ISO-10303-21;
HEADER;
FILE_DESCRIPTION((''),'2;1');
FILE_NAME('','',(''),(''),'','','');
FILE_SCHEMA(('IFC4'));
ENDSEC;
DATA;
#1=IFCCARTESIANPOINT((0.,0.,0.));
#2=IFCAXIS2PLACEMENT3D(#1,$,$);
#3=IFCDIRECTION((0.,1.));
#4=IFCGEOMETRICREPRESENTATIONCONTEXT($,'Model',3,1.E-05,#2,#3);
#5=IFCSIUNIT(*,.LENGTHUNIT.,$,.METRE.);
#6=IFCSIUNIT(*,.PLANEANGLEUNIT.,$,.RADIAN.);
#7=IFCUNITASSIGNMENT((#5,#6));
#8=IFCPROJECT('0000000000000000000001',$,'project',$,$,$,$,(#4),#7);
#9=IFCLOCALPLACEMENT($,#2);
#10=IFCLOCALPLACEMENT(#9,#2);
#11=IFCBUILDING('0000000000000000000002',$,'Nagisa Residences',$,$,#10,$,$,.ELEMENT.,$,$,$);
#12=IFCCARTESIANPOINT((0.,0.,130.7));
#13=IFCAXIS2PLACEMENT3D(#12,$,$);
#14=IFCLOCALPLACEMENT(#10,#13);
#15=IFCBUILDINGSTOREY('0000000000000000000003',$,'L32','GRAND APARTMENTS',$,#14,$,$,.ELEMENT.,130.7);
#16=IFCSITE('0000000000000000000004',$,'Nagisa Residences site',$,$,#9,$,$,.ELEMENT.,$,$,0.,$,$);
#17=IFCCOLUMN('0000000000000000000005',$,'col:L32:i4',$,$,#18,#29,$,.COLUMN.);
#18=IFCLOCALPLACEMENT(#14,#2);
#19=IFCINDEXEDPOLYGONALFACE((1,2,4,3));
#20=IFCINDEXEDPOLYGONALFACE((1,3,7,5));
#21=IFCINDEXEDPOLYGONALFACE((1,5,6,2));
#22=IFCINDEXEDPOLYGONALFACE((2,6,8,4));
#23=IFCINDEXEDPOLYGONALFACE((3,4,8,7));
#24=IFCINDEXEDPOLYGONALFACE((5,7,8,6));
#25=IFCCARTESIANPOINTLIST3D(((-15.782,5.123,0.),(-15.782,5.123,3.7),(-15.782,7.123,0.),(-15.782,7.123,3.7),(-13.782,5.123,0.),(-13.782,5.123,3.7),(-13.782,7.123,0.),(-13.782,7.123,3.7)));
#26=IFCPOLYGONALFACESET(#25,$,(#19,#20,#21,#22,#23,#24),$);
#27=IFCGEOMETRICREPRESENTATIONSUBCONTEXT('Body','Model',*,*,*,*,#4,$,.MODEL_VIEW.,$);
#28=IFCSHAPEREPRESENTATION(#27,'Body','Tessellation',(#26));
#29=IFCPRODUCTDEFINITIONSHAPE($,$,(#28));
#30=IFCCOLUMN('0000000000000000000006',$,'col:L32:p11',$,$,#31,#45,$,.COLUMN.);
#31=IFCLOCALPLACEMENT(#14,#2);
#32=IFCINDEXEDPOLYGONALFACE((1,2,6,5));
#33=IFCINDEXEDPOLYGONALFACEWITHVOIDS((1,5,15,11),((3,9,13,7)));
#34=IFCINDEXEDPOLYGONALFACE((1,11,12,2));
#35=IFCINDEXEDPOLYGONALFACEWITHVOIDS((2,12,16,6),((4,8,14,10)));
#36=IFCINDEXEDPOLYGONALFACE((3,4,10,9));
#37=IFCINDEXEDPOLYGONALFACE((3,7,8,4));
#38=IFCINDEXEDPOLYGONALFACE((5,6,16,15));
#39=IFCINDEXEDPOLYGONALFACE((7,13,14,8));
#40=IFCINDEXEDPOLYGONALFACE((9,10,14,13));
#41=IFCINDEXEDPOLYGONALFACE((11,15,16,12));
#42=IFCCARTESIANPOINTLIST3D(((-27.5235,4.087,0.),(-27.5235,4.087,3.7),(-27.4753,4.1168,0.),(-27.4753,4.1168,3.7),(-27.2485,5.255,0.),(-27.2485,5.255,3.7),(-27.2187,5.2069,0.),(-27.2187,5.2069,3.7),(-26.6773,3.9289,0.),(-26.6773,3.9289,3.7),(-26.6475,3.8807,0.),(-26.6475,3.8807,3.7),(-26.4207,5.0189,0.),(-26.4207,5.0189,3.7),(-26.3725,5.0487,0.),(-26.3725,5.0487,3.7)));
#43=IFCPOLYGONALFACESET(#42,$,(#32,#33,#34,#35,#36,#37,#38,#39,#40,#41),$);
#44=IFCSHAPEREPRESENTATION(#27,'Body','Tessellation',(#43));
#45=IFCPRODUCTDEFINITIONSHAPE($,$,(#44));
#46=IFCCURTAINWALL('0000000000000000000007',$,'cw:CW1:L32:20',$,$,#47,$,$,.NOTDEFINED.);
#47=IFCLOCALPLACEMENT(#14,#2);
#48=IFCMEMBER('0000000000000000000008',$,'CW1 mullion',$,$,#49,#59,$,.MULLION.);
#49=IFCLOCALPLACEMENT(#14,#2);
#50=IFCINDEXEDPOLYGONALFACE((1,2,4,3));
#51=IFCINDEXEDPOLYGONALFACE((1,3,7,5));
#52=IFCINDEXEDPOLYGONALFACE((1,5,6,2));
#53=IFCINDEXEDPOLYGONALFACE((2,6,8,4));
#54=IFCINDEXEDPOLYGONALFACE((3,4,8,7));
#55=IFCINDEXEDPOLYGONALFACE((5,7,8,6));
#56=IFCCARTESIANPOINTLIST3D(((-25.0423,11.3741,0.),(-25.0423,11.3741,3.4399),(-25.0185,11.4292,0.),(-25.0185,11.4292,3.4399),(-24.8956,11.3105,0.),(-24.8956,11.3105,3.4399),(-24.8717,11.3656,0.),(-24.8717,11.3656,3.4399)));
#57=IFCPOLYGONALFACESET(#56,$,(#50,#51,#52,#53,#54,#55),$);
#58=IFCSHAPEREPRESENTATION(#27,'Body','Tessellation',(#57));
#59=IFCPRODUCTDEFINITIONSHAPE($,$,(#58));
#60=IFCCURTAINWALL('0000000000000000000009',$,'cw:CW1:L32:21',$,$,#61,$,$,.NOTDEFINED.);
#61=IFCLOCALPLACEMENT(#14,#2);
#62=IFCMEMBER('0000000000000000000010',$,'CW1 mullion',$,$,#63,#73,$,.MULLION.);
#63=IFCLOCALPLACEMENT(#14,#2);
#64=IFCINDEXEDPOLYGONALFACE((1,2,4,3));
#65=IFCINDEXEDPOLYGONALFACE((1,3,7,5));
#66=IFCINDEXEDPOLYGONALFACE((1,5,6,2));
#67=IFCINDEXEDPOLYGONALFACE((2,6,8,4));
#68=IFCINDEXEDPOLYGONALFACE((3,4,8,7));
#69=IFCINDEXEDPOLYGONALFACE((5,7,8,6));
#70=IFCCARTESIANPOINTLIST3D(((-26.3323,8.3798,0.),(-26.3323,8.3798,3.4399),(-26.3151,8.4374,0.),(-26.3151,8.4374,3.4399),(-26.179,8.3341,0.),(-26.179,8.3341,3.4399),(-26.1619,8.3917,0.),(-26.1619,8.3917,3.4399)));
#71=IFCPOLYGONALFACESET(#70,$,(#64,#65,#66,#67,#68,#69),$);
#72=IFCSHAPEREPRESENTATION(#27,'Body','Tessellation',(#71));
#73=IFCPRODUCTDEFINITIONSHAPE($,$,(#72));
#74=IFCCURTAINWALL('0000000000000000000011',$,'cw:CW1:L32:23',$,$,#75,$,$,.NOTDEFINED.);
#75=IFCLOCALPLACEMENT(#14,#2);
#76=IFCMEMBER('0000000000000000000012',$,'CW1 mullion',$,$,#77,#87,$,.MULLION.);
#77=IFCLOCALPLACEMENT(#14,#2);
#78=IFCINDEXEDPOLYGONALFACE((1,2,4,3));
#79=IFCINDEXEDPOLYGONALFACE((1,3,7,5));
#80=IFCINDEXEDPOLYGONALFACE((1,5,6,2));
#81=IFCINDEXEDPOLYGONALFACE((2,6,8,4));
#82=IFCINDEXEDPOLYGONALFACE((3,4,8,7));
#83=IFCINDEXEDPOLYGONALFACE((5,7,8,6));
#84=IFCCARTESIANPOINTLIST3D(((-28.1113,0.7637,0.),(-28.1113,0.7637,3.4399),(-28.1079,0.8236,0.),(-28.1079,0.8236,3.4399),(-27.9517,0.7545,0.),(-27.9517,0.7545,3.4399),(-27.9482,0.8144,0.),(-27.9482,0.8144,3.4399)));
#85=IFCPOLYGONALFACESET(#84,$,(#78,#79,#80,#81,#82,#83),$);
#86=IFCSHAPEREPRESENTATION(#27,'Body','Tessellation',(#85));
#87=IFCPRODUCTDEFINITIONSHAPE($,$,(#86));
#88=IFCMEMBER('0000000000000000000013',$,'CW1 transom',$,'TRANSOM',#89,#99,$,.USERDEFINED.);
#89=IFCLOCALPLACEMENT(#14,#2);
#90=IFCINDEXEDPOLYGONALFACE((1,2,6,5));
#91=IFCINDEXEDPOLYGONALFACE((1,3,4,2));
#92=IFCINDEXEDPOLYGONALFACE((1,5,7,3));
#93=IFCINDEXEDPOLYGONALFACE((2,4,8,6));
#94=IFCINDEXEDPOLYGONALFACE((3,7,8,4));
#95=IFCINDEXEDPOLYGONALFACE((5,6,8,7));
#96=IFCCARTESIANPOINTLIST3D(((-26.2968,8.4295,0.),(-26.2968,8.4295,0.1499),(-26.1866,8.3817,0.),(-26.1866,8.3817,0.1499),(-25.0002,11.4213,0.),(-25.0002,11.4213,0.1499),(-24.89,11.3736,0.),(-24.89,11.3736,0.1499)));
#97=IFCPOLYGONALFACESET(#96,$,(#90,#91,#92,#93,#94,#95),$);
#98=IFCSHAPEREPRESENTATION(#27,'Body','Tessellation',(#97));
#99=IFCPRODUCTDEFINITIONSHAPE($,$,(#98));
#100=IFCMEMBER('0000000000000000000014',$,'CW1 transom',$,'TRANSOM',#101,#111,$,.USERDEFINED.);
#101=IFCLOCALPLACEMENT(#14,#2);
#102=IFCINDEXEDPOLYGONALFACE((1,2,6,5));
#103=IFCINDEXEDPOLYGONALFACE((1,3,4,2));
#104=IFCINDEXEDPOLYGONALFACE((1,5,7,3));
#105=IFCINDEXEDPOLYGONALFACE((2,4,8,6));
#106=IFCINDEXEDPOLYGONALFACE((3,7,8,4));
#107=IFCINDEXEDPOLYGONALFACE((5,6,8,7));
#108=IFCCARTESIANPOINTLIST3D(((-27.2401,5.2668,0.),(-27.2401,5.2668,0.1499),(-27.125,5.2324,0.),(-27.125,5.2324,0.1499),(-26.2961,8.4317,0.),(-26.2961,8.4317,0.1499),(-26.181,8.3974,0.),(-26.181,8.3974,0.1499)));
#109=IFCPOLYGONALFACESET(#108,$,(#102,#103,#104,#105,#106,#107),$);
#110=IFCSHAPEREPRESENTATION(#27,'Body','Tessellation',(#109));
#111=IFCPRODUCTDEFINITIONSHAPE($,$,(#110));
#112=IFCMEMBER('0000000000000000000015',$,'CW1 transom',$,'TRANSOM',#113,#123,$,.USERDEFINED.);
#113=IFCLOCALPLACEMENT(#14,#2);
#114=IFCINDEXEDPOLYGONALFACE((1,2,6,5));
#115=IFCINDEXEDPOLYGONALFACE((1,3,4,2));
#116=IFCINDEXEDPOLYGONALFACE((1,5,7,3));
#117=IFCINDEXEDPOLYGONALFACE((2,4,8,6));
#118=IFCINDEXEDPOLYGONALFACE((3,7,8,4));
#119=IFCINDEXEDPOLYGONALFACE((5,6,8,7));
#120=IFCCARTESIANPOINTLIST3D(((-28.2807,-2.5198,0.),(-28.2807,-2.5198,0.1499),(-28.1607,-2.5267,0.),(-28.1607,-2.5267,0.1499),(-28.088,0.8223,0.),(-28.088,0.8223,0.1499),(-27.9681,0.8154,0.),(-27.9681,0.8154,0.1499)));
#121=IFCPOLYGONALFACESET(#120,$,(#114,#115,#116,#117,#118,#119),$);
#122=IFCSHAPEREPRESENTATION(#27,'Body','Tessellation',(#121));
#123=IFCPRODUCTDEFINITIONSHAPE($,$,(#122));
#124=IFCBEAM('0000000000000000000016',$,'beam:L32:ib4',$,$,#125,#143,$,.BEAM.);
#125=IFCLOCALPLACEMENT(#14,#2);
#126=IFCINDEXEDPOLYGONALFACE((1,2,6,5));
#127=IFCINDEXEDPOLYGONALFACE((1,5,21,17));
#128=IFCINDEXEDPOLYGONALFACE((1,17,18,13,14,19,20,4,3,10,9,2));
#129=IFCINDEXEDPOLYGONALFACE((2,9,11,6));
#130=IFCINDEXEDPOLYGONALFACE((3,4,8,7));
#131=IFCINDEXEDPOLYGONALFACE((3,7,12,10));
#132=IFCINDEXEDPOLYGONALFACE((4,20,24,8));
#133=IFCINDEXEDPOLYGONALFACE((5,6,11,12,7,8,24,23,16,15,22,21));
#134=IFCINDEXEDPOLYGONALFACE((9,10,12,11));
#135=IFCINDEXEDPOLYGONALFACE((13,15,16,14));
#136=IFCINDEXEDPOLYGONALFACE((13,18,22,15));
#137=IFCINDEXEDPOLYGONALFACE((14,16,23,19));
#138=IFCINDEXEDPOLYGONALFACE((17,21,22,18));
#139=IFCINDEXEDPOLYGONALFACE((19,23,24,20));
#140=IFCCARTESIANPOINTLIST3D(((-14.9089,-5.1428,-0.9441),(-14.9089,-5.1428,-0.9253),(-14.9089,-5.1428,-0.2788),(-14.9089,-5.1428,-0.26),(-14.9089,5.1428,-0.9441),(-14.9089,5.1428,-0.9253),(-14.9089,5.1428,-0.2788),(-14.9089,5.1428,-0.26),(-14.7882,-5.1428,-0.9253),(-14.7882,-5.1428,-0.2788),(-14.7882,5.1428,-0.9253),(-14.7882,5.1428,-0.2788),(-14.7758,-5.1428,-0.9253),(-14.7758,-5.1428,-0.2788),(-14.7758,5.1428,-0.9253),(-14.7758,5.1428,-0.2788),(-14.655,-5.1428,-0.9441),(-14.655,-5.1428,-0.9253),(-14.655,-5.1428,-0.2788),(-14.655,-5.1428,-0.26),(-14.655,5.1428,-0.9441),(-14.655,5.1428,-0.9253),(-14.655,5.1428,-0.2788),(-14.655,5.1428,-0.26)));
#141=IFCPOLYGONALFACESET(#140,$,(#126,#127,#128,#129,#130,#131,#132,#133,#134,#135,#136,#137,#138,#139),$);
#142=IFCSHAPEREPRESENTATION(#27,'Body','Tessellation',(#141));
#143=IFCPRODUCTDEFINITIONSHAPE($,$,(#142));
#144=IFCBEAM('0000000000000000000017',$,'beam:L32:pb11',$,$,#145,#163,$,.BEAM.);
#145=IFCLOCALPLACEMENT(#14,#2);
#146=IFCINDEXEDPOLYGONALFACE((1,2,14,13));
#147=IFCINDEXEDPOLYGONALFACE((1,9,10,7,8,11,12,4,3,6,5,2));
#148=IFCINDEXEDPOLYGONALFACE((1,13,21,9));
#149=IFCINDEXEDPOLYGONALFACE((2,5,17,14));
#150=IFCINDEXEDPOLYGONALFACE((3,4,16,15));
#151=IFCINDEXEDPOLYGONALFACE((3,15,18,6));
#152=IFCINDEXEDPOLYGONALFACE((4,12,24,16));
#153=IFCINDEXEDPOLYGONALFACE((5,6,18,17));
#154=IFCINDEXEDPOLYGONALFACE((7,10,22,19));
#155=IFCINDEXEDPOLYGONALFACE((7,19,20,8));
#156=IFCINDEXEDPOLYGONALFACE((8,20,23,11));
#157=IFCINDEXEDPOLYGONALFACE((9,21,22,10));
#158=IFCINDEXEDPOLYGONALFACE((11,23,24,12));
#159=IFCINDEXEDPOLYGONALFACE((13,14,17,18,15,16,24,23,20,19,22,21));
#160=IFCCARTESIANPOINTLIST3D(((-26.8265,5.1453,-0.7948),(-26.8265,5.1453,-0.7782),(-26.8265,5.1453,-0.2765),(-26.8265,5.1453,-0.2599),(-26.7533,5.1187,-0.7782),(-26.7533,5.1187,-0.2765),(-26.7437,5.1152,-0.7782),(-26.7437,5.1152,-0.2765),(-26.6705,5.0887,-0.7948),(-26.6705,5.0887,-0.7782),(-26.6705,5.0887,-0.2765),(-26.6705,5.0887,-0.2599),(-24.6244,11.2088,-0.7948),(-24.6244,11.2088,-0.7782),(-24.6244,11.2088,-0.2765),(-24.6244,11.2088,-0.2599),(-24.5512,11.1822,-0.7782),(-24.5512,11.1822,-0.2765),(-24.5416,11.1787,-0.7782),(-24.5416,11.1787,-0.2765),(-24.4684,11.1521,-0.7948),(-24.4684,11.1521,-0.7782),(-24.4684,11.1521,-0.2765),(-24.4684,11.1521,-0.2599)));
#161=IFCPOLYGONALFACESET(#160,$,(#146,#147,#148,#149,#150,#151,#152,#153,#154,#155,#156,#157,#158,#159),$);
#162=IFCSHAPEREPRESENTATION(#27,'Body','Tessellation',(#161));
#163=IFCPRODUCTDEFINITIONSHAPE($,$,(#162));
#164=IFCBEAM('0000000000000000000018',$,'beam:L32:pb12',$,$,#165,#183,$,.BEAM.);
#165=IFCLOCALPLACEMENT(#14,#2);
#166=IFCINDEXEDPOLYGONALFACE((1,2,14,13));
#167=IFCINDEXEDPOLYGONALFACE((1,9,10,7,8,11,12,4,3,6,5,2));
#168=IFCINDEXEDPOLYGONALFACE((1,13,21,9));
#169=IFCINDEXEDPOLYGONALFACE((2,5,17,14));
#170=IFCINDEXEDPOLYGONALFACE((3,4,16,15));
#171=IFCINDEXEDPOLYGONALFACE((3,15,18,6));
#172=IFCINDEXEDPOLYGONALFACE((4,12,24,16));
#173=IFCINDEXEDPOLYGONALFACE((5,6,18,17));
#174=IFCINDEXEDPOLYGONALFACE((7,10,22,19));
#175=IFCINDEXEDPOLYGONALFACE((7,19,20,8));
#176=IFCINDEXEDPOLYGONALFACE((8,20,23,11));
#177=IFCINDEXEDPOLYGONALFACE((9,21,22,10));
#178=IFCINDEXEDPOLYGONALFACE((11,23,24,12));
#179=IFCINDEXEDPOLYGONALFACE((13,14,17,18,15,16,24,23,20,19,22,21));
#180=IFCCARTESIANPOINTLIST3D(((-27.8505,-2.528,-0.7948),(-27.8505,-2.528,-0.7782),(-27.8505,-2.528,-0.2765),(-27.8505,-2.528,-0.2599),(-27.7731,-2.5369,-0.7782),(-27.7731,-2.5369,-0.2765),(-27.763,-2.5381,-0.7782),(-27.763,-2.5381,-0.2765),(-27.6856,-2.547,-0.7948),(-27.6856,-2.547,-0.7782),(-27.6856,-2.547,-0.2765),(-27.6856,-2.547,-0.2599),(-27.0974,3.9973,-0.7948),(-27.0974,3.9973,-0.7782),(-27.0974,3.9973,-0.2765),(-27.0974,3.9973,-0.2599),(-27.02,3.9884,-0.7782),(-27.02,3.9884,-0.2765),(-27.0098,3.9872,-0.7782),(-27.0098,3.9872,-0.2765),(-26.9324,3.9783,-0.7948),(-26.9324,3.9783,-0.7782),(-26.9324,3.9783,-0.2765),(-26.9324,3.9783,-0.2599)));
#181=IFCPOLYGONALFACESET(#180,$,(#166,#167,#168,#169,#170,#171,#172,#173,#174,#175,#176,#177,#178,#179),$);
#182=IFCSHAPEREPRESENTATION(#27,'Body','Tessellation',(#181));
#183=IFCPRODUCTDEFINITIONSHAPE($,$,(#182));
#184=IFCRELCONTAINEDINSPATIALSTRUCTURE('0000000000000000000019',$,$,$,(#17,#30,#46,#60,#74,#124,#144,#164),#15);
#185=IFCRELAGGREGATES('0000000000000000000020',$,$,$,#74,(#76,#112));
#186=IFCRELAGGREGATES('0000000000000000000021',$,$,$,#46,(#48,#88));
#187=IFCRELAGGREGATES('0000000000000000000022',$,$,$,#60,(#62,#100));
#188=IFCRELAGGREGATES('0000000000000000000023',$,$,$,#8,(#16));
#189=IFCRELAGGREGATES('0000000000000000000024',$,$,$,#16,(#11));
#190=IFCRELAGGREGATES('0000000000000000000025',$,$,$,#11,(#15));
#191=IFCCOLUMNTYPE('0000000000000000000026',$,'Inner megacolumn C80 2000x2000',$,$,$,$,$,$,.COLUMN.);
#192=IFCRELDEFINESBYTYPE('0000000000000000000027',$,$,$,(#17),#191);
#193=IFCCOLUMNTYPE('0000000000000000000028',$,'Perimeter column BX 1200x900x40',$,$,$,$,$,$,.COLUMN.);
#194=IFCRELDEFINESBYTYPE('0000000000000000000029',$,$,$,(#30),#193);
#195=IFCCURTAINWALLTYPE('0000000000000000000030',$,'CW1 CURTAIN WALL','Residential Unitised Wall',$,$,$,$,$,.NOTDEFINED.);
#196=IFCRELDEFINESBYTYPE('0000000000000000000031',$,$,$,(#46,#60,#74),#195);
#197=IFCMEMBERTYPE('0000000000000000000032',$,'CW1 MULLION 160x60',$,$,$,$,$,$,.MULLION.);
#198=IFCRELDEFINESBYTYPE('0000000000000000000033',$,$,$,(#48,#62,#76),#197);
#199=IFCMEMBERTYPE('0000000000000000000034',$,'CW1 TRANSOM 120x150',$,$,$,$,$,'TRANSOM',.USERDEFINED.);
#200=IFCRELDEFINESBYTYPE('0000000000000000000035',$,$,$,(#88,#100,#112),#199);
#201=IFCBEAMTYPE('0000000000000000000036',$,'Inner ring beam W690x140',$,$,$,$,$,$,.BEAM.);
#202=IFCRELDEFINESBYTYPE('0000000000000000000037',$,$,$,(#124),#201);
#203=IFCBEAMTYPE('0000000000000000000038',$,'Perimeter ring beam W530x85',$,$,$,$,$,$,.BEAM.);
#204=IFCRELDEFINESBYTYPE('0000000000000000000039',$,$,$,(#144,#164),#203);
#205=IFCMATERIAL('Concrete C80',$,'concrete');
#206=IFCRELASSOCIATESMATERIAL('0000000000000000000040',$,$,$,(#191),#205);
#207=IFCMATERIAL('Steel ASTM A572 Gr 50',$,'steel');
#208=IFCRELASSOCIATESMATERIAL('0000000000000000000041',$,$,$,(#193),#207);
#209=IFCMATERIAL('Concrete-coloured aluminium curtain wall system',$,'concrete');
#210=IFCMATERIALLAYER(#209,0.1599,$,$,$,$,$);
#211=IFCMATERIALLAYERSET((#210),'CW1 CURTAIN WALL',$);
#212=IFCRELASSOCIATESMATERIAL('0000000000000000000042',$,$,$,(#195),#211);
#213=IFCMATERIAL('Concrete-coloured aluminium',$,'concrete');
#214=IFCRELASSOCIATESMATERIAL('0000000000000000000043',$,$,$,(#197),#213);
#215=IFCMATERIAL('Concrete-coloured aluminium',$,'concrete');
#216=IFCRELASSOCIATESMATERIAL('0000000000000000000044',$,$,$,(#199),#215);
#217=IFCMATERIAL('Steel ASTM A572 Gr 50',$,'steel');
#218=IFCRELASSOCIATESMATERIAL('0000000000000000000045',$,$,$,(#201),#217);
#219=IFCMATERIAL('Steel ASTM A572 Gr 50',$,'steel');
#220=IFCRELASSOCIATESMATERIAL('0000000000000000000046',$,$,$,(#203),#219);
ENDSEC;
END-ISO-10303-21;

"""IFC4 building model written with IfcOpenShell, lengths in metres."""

from ifc_helpers import new_model, si_unit, direction, frame, origin, origin_2d, place, context, subcontext, project, spatial, rectangle, hollow_rectangle, i_section, extrude, material, layer, layer_set, material_profile, profile_set, type_object, element, aggregate, save


model = new_model("IFC4")

# Units and contexts
model_context = context("Model", 3, precision=1e-05, world=origin(), true_north=direction((0.0, 1.0)))
body_context = subcontext(model_context, "Body", "Model", "MODEL_VIEW")
ifc_project = project(units=[si_unit("LENGTHUNIT", "METRE"), si_unit("PLANEANGLEUNIT", "RADIAN")], contexts=[model_context])

# Site, building, storey
site_placement = place(None, origin())
site = spatial("IfcSite", under=ifc_project, at=site_placement, Name="Nagisa Residences site", CompositionType="ELEMENT", RefElevation=0.0)
building_placement = place(site_placement, origin())
building = spatial("IfcBuilding", under=site, at=building_placement, Name="Nagisa Residences", CompositionType="ELEMENT")
storey_placement = place(building_placement, frame((0.0, 0.0, 130.7)))
storey = spatial("IfcBuildingStorey", under=building, at=storey_placement, Name="L32", Description="GRAND APARTMENTS", CompositionType="ELEMENT", Elevation=130.7)

# Columns
ifc_material_1 = material(Name="Concrete C80", Category="concrete")
ifc_material_profile_1 = material_profile(ifc_material_1, rectangle(XDim=2.0, YDim=2.0, at=origin_2d()), Name="C80 2000x2000")
ifc_profile_set_1 = profile_set([ifc_material_profile_1], Name="Concrete C80")
column_type_1 = type_object("IfcColumnType", Name="Inner megacolumn C80 2000x2000", PredefinedType="COLUMN", material=ifc_profile_set_1)
column_1_placement = place(storey_placement, frame((-14.782, 6.123, 0.0), z_axis=(0.0, 0.0, 1.0), x_axis=(1.0, 0.0, 0.0)))
element("IfcColumn", 1, at=column_1_placement, inside=storey, type_object=column_type_1, Name="col:L32:i4", PredefinedType="COLUMN", context=body_context, shape_type="SweptSolid", body=[
    extrude(rectangle(XDim=2.0, YDim=2.0, at=origin_2d()), origin(), (0.0, 0.0, 1.0), 3.7),
])
ifc_material_2 = material(Name="Steel ASTM A572 Gr 50", Category="steel")
ifc_material_profile_2 = material_profile(ifc_material_2, hollow_rectangle(XDim=1.2, YDim=0.8999, WallThickness=0.04, at=origin_2d()), Name="BX 1200x900x40")
ifc_profile_set_2 = profile_set([ifc_material_profile_2], Name="Steel ASTM A572 Gr 50")
column_type_2 = type_object("IfcColumnType", Name="Perimeter column BX 1200x900x40", PredefinedType="COLUMN", material=ifc_profile_set_2)
column_2_placement = place(storey_placement, frame((-26.948, 4.5679, 0.0), z_axis=(0.0, 0.0, 1.0), x_axis=(-0.229202, -0.973379, 0.0)))
element("IfcColumn", 2, at=column_2_placement, inside=storey, type_object=column_type_2, Name="col:L32:p11", PredefinedType="COLUMN", context=body_context, shape_type="SweptSolid", body=[
    extrude(hollow_rectangle(XDim=1.2, YDim=0.8999, WallThickness=0.04, at=origin_2d()), origin(), (0.0, 0.0, 1.0), 3.7),
])

# Curtain walls, members
ifc_material_3 = material(Name="Concrete-coloured aluminium curtain wall system", Category="concrete")
ifc_layer_1 = layer(ifc_material_3, 0.1599)
ifc_layer_set_1 = layer_set([ifc_layer_1], Name="CW1 CURTAIN WALL")
curtain_wall_type = type_object("IfcCurtainWallType", Name="CW1 CURTAIN WALL", Description="Residential Unitised Wall", PredefinedType="NOTDEFINED", material=ifc_layer_set_1)
curtain_wall_1_placement = place(storey_placement, origin())
curtain_wall_1 = element("IfcCurtainWall", 3, at=curtain_wall_1_placement, inside=storey, type_object=curtain_wall_type, Name="cw:CW1:L32:20", PredefinedType="NOTDEFINED")
ifc_material_4 = material(Name="Concrete-coloured aluminium", Category="concrete")
ifc_material_profile_3 = material_profile(ifc_material_4, rectangle(XDim=0.1599, YDim=0.0601, at=origin_2d()), Name="CW1 MULLION 160x60")
ifc_profile_set_3 = profile_set([ifc_material_profile_3], Name="Concrete-coloured aluminium")
member_type_1 = type_object("IfcMemberType", Name="CW1 MULLION 160x60", PredefinedType="MULLION", material=ifc_profile_set_3)
member_1_placement = place(storey_placement, frame((-24.957, 11.3699, 0.0), z_axis=(0.0, 0.0, 1.0), x_axis=(0.917543, -0.397636, 0.0)))
member_1 = element("IfcMember", 4, at=member_1_placement, type_object=member_type_1, Name="CW1 mullion", PredefinedType="MULLION", context=body_context, shape_type="SweptSolid", body=[
    extrude(rectangle(XDim=0.1599, YDim=0.0601, at=origin_2d()), origin(), (0.0, 0.0, 1.0), 3.4399),
])
curtain_wall_2_placement = place(storey_placement, origin())
curtain_wall_2 = element("IfcCurtainWall", 5, at=curtain_wall_2_placement, inside=storey, type_object=curtain_wall_type, Name="cw:CW1:L32:21", PredefinedType="NOTDEFINED")
member_2_placement = place(storey_placement, frame((-26.2471, 8.3857, 0.0), z_axis=(0.0, 0.0, 1.0), x_axis=(0.958271, -0.28586, 0.0)))
member_2 = element("IfcMember", 6, at=member_2_placement, type_object=member_type_1, Name="CW1 mullion", PredefinedType="MULLION", context=body_context, shape_type="SweptSolid", body=[
    extrude(rectangle(XDim=0.1599, YDim=0.0601, at=origin_2d()), origin(), (0.0, 0.0, 1.0), 3.4399),
])
curtain_wall_3_placement = place(storey_placement, origin())
curtain_wall_3 = element("IfcCurtainWall", 7, at=curtain_wall_3_placement, inside=storey, type_object=curtain_wall_type, Name="cw:CW1:L32:23", PredefinedType="NOTDEFINED")
member_3_placement = place(storey_placement, frame((-28.0298, 0.7891, 0.0), z_axis=(0.0, 0.0, 1.0), x_axis=(0.998345, -0.057503, 0.0)))
member_3 = element("IfcMember", 8, at=member_3_placement, type_object=member_type_1, Name="CW1 mullion", PredefinedType="MULLION", context=body_context, shape_type="SweptSolid", body=[
    extrude(rectangle(XDim=0.1599, YDim=0.0601, at=origin_2d()), origin(), (0.0, 0.0, 1.0), 3.4399),
])

# Members
ifc_material_5 = material(Name="Concrete-coloured aluminium", Category="concrete")
ifc_material_profile_4 = material_profile(ifc_material_5, rectangle(XDim=0.1201, YDim=0.1499, at=origin_2d()), Name="CW1 TRANSOM 120x150")
ifc_profile_set_4 = profile_set([ifc_material_profile_4], Name="Concrete-coloured aluminium")
member_type_2 = type_object("IfcMemberType", Name="CW1 TRANSOM 120x150", ElementType="TRANSOM", PredefinedType="USERDEFINED", material=ifc_profile_set_4)
member_4_placement = place(storey_placement, frame((-24.9451, 11.3975, 0.075), z_axis=(-0.397639, -0.917542, 0.0), x_axis=(0.917542, -0.397639, 0.0)))
member_4 = element("IfcMember", 9, at=member_4_placement, type_object=member_type_2, Name="CW1 transom", ObjectType="TRANSOM", PredefinedType="USERDEFINED", context=body_context, shape_type="SweptSolid", body=[
    extrude(rectangle(XDim=0.1201, YDim=0.1499, at=origin_2d()), origin(), (0.0, 0.0, 1.0), 3.2607),
])
member_5_placement = place(storey_placement, frame((-26.2385, 8.4146, 0.075), z_axis=(-0.285842, -0.958277, 0.0), x_axis=(0.958277, -0.285842, 0.0)))
member_5 = element("IfcMember", 10, at=member_5_placement, type_object=member_type_2, Name="CW1 transom", ObjectType="TRANSOM", PredefinedType="USERDEFINED", context=body_context, shape_type="SweptSolid", body=[
    extrude(rectangle(XDim=0.1201, YDim=0.1499, at=origin_2d()), origin(), (0.0, 0.0, 1.0), 3.3027),
])
member_6_placement = place(storey_placement, frame((-28.0281, 0.8188, 0.075), z_axis=(-0.057542, -0.998343, 0.0), x_axis=(0.998343, -0.057542, 0.0)))
member_6 = element("IfcMember", 11, at=member_6_placement, type_object=member_type_2, Name="CW1 transom", ObjectType="TRANSOM", PredefinedType="USERDEFINED", context=body_context, shape_type="SweptSolid", body=[
    extrude(rectangle(XDim=0.1201, YDim=0.1499, at=origin_2d()), origin(), (0.0, 0.0, 1.0), 3.3477),
])
aggregate(curtain_wall_3, [member_3, member_6])

# Beams
ifc_material_6 = material(Name="Steel ASTM A572 Gr 50", Category="steel")
ifc_material_profile_5 = material_profile(ifc_material_6, i_section(OverallWidth=0.2539, OverallDepth=0.6841, WebThickness=0.0125, FlangeThickness=0.0188, at=origin_2d()), Name="W690x140")
ifc_profile_set_5 = profile_set([ifc_material_profile_5], Name="Steel ASTM A572 Gr 50")
beam_type_1 = type_object("IfcBeamType", Name="Inner ring beam W690x140", PredefinedType="BEAM", material=ifc_profile_set_5)
beam_1_placement = place(storey_placement, frame((-14.782, 5.1428, -0.6021), z_axis=(0.0, -1.0, 0.0), x_axis=(1.0, 0.0, 0.0)))
element("IfcBeam", 12, at=beam_1_placement, inside=storey, type_object=beam_type_1, Name="beam:L32:ib4", PredefinedType="BEAM", context=body_context, shape_type="SweptSolid", body=[
    extrude(i_section(OverallWidth=0.2539, OverallDepth=0.6841, WebThickness=0.0125, FlangeThickness=0.0188, at=origin_2d()), origin(), (0.0, 0.0, 1.0), 10.2856),
])
ifc_material_7 = material(Name="Steel ASTM A572 Gr 50", Category="steel")
ifc_material_profile_6 = material_profile(ifc_material_7, i_section(OverallWidth=0.166, OverallDepth=0.5349, WebThickness=0.0103, FlangeThickness=0.0166, at=origin_2d()), Name="W530x85")
ifc_profile_set_6 = profile_set([ifc_material_profile_6], Name="Steel ASTM A572 Gr 50")
beam_type_2 = type_object("IfcBeamType", Name="Perimeter ring beam W530x85", PredefinedType="BEAM", material=ifc_profile_set_6)
beam_2_placement = place(storey_placement, frame((-24.5464, 11.1804, -0.5273), z_axis=(-0.341366, -0.93993, 0.0), x_axis=(0.93993, -0.341366, 0.0)))
element("IfcBeam", 13, at=beam_2_placement, inside=storey, type_object=beam_type_2, Name="beam:L32:pb11", PredefinedType="BEAM", context=body_context, shape_type="SweptSolid", body=[
    extrude(i_section(OverallWidth=0.166, OverallDepth=0.5349, WebThickness=0.0103, FlangeThickness=0.0166, at=origin_2d()), origin(), (0.0, 0.0, 1.0), 6.4509),
])
beam_3_placement = place(storey_placement, frame((-27.0149, 3.9878, -0.5273), z_axis=(-0.114661, -0.993405, 0.0), x_axis=(0.993405, -0.114661, 0.0)))
element("IfcBeam", 14, at=beam_3_placement, inside=storey, type_object=beam_type_2, Name="beam:L32:pb12", PredefinedType="BEAM", context=body_context, shape_type="SweptSolid", body=[
    extrude(i_section(OverallWidth=0.166, OverallDepth=0.5349, WebThickness=0.0103, FlangeThickness=0.0166, at=origin_2d()), origin(), (0.0, 0.0, 1.0), 6.5686),
])

aggregate(curtain_wall_1, [member_1, member_4])
aggregate(curtain_wall_2, [member_2, member_5])

save(model, "model.ifc")
